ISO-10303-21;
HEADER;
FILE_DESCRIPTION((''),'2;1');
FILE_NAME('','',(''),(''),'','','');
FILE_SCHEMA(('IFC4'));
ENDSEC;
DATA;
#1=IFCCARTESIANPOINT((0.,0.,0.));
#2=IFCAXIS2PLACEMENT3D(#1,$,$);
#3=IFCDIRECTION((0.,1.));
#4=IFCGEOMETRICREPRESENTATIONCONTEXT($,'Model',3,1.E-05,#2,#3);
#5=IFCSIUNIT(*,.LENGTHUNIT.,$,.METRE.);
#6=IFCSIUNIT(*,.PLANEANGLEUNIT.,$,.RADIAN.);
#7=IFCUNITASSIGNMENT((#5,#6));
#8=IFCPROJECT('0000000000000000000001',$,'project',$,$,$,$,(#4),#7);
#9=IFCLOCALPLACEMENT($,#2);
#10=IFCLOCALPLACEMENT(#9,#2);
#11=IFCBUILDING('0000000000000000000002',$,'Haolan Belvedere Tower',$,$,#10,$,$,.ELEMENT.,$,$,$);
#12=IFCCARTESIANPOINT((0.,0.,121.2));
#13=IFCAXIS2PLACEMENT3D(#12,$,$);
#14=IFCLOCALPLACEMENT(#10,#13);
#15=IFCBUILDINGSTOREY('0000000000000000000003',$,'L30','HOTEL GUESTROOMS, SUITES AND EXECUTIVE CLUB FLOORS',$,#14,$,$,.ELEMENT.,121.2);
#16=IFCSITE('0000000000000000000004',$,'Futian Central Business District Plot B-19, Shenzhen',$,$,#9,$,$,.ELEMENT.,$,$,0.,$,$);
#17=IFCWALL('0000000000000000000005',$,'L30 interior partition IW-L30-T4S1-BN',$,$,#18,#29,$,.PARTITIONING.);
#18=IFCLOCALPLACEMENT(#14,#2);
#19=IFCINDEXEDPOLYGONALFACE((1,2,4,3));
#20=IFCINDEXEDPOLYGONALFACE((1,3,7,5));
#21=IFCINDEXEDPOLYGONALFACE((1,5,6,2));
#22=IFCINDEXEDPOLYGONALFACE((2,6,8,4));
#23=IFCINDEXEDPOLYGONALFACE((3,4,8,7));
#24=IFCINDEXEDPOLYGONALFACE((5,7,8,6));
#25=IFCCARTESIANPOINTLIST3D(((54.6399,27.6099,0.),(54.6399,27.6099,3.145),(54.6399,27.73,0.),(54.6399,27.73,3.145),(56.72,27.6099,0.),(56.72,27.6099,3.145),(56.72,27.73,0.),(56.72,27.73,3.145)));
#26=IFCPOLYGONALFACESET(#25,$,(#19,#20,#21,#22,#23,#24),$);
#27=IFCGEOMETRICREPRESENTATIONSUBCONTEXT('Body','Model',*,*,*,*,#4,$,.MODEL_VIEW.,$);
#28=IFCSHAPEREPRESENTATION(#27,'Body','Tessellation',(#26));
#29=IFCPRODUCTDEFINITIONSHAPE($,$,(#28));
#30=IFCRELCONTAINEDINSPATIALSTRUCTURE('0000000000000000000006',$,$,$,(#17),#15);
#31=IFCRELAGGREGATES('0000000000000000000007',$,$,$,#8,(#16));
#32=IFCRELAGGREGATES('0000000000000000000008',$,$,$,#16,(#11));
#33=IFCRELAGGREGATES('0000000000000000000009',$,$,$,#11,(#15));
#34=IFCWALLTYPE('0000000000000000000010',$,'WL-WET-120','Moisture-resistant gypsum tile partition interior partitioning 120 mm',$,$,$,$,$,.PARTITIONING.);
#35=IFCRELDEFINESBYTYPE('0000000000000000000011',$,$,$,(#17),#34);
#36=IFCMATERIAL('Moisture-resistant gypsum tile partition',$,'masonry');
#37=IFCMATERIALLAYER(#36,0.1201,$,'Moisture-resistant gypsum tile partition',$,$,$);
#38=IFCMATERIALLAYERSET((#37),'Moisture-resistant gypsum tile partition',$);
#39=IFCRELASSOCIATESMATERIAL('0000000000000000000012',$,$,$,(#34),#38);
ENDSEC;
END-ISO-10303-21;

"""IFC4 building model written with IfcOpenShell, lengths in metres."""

from ifc_helpers import new_model, si_unit, direction, frame, frame_2d, origin, place, context, subcontext, project, spatial, rectangle, extrude, material, layer, layer_set, type_object, element, save


model = new_model("IFC4")

# Units and contexts
model_context = context("Model", 3, precision=1e-05, world=origin(), true_north=direction((0.0, 1.0)))
body_context = subcontext(model_context, "Body", "Model", "MODEL_VIEW")
ifc_project = project(units=[si_unit("LENGTHUNIT", "METRE"), si_unit("PLANEANGLEUNIT", "RADIAN")], contexts=[model_context])

# Site, building, storey
site_placement = place(None, origin())
site = spatial("IfcSite", under=ifc_project, at=site_placement, Name="Futian Central Business District Plot B-19, Shenzhen", CompositionType="ELEMENT", RefElevation=0.0)
building_placement = place(site_placement, origin())
building = spatial("IfcBuilding", under=site, at=building_placement, Name="Haolan Belvedere Tower", CompositionType="ELEMENT")
storey_placement = place(building_placement, frame((0.0, 0.0, 121.2)))
storey = spatial("IfcBuildingStorey", under=building, at=storey_placement, Name="L30", Description="HOTEL GUESTROOMS, SUITES AND EXECUTIVE CLUB FLOORS", CompositionType="ELEMENT", Elevation=121.2)

# Shared definitions
ifc_material_1 = material(Name="Moisture-resistant gypsum tile partition", Category="masonry")
ifc_layer_1 = layer(ifc_material_1, 0.1201, Name="Moisture-resistant gypsum tile partition")
ifc_layer_set_1 = layer_set([ifc_layer_1], Name="Moisture-resistant gypsum tile partition")
wall_type_1 = type_object("IfcWallType", Name="WL-WET-120", Description="Moisture-resistant gypsum tile partition interior partitioning 120 mm", PredefinedType="PARTITIONING", material=ifc_layer_set_1)

# Wall
wall_1_placement = place(storey_placement, frame((54.6399, 27.6699, 0.0), z_axis=(0.0, 0.0, 1.0), x_axis=(1.0, 0.0, 0.0)))
element("IfcWall", 1, at=wall_1_placement, inside=storey, type_object=wall_type_1, Name="L30 interior partition IW-L30-T4S1-BN", PredefinedType="PARTITIONING", context=body_context, shape_type="SweptSolid", body=[
    extrude(rectangle(XDim=2.0801, YDim=0.1201, at=frame_2d((1.04, 0.0))), origin(), (0.0, 0.0, 1.0), 3.145),
])

save(model, "model.ifc")
